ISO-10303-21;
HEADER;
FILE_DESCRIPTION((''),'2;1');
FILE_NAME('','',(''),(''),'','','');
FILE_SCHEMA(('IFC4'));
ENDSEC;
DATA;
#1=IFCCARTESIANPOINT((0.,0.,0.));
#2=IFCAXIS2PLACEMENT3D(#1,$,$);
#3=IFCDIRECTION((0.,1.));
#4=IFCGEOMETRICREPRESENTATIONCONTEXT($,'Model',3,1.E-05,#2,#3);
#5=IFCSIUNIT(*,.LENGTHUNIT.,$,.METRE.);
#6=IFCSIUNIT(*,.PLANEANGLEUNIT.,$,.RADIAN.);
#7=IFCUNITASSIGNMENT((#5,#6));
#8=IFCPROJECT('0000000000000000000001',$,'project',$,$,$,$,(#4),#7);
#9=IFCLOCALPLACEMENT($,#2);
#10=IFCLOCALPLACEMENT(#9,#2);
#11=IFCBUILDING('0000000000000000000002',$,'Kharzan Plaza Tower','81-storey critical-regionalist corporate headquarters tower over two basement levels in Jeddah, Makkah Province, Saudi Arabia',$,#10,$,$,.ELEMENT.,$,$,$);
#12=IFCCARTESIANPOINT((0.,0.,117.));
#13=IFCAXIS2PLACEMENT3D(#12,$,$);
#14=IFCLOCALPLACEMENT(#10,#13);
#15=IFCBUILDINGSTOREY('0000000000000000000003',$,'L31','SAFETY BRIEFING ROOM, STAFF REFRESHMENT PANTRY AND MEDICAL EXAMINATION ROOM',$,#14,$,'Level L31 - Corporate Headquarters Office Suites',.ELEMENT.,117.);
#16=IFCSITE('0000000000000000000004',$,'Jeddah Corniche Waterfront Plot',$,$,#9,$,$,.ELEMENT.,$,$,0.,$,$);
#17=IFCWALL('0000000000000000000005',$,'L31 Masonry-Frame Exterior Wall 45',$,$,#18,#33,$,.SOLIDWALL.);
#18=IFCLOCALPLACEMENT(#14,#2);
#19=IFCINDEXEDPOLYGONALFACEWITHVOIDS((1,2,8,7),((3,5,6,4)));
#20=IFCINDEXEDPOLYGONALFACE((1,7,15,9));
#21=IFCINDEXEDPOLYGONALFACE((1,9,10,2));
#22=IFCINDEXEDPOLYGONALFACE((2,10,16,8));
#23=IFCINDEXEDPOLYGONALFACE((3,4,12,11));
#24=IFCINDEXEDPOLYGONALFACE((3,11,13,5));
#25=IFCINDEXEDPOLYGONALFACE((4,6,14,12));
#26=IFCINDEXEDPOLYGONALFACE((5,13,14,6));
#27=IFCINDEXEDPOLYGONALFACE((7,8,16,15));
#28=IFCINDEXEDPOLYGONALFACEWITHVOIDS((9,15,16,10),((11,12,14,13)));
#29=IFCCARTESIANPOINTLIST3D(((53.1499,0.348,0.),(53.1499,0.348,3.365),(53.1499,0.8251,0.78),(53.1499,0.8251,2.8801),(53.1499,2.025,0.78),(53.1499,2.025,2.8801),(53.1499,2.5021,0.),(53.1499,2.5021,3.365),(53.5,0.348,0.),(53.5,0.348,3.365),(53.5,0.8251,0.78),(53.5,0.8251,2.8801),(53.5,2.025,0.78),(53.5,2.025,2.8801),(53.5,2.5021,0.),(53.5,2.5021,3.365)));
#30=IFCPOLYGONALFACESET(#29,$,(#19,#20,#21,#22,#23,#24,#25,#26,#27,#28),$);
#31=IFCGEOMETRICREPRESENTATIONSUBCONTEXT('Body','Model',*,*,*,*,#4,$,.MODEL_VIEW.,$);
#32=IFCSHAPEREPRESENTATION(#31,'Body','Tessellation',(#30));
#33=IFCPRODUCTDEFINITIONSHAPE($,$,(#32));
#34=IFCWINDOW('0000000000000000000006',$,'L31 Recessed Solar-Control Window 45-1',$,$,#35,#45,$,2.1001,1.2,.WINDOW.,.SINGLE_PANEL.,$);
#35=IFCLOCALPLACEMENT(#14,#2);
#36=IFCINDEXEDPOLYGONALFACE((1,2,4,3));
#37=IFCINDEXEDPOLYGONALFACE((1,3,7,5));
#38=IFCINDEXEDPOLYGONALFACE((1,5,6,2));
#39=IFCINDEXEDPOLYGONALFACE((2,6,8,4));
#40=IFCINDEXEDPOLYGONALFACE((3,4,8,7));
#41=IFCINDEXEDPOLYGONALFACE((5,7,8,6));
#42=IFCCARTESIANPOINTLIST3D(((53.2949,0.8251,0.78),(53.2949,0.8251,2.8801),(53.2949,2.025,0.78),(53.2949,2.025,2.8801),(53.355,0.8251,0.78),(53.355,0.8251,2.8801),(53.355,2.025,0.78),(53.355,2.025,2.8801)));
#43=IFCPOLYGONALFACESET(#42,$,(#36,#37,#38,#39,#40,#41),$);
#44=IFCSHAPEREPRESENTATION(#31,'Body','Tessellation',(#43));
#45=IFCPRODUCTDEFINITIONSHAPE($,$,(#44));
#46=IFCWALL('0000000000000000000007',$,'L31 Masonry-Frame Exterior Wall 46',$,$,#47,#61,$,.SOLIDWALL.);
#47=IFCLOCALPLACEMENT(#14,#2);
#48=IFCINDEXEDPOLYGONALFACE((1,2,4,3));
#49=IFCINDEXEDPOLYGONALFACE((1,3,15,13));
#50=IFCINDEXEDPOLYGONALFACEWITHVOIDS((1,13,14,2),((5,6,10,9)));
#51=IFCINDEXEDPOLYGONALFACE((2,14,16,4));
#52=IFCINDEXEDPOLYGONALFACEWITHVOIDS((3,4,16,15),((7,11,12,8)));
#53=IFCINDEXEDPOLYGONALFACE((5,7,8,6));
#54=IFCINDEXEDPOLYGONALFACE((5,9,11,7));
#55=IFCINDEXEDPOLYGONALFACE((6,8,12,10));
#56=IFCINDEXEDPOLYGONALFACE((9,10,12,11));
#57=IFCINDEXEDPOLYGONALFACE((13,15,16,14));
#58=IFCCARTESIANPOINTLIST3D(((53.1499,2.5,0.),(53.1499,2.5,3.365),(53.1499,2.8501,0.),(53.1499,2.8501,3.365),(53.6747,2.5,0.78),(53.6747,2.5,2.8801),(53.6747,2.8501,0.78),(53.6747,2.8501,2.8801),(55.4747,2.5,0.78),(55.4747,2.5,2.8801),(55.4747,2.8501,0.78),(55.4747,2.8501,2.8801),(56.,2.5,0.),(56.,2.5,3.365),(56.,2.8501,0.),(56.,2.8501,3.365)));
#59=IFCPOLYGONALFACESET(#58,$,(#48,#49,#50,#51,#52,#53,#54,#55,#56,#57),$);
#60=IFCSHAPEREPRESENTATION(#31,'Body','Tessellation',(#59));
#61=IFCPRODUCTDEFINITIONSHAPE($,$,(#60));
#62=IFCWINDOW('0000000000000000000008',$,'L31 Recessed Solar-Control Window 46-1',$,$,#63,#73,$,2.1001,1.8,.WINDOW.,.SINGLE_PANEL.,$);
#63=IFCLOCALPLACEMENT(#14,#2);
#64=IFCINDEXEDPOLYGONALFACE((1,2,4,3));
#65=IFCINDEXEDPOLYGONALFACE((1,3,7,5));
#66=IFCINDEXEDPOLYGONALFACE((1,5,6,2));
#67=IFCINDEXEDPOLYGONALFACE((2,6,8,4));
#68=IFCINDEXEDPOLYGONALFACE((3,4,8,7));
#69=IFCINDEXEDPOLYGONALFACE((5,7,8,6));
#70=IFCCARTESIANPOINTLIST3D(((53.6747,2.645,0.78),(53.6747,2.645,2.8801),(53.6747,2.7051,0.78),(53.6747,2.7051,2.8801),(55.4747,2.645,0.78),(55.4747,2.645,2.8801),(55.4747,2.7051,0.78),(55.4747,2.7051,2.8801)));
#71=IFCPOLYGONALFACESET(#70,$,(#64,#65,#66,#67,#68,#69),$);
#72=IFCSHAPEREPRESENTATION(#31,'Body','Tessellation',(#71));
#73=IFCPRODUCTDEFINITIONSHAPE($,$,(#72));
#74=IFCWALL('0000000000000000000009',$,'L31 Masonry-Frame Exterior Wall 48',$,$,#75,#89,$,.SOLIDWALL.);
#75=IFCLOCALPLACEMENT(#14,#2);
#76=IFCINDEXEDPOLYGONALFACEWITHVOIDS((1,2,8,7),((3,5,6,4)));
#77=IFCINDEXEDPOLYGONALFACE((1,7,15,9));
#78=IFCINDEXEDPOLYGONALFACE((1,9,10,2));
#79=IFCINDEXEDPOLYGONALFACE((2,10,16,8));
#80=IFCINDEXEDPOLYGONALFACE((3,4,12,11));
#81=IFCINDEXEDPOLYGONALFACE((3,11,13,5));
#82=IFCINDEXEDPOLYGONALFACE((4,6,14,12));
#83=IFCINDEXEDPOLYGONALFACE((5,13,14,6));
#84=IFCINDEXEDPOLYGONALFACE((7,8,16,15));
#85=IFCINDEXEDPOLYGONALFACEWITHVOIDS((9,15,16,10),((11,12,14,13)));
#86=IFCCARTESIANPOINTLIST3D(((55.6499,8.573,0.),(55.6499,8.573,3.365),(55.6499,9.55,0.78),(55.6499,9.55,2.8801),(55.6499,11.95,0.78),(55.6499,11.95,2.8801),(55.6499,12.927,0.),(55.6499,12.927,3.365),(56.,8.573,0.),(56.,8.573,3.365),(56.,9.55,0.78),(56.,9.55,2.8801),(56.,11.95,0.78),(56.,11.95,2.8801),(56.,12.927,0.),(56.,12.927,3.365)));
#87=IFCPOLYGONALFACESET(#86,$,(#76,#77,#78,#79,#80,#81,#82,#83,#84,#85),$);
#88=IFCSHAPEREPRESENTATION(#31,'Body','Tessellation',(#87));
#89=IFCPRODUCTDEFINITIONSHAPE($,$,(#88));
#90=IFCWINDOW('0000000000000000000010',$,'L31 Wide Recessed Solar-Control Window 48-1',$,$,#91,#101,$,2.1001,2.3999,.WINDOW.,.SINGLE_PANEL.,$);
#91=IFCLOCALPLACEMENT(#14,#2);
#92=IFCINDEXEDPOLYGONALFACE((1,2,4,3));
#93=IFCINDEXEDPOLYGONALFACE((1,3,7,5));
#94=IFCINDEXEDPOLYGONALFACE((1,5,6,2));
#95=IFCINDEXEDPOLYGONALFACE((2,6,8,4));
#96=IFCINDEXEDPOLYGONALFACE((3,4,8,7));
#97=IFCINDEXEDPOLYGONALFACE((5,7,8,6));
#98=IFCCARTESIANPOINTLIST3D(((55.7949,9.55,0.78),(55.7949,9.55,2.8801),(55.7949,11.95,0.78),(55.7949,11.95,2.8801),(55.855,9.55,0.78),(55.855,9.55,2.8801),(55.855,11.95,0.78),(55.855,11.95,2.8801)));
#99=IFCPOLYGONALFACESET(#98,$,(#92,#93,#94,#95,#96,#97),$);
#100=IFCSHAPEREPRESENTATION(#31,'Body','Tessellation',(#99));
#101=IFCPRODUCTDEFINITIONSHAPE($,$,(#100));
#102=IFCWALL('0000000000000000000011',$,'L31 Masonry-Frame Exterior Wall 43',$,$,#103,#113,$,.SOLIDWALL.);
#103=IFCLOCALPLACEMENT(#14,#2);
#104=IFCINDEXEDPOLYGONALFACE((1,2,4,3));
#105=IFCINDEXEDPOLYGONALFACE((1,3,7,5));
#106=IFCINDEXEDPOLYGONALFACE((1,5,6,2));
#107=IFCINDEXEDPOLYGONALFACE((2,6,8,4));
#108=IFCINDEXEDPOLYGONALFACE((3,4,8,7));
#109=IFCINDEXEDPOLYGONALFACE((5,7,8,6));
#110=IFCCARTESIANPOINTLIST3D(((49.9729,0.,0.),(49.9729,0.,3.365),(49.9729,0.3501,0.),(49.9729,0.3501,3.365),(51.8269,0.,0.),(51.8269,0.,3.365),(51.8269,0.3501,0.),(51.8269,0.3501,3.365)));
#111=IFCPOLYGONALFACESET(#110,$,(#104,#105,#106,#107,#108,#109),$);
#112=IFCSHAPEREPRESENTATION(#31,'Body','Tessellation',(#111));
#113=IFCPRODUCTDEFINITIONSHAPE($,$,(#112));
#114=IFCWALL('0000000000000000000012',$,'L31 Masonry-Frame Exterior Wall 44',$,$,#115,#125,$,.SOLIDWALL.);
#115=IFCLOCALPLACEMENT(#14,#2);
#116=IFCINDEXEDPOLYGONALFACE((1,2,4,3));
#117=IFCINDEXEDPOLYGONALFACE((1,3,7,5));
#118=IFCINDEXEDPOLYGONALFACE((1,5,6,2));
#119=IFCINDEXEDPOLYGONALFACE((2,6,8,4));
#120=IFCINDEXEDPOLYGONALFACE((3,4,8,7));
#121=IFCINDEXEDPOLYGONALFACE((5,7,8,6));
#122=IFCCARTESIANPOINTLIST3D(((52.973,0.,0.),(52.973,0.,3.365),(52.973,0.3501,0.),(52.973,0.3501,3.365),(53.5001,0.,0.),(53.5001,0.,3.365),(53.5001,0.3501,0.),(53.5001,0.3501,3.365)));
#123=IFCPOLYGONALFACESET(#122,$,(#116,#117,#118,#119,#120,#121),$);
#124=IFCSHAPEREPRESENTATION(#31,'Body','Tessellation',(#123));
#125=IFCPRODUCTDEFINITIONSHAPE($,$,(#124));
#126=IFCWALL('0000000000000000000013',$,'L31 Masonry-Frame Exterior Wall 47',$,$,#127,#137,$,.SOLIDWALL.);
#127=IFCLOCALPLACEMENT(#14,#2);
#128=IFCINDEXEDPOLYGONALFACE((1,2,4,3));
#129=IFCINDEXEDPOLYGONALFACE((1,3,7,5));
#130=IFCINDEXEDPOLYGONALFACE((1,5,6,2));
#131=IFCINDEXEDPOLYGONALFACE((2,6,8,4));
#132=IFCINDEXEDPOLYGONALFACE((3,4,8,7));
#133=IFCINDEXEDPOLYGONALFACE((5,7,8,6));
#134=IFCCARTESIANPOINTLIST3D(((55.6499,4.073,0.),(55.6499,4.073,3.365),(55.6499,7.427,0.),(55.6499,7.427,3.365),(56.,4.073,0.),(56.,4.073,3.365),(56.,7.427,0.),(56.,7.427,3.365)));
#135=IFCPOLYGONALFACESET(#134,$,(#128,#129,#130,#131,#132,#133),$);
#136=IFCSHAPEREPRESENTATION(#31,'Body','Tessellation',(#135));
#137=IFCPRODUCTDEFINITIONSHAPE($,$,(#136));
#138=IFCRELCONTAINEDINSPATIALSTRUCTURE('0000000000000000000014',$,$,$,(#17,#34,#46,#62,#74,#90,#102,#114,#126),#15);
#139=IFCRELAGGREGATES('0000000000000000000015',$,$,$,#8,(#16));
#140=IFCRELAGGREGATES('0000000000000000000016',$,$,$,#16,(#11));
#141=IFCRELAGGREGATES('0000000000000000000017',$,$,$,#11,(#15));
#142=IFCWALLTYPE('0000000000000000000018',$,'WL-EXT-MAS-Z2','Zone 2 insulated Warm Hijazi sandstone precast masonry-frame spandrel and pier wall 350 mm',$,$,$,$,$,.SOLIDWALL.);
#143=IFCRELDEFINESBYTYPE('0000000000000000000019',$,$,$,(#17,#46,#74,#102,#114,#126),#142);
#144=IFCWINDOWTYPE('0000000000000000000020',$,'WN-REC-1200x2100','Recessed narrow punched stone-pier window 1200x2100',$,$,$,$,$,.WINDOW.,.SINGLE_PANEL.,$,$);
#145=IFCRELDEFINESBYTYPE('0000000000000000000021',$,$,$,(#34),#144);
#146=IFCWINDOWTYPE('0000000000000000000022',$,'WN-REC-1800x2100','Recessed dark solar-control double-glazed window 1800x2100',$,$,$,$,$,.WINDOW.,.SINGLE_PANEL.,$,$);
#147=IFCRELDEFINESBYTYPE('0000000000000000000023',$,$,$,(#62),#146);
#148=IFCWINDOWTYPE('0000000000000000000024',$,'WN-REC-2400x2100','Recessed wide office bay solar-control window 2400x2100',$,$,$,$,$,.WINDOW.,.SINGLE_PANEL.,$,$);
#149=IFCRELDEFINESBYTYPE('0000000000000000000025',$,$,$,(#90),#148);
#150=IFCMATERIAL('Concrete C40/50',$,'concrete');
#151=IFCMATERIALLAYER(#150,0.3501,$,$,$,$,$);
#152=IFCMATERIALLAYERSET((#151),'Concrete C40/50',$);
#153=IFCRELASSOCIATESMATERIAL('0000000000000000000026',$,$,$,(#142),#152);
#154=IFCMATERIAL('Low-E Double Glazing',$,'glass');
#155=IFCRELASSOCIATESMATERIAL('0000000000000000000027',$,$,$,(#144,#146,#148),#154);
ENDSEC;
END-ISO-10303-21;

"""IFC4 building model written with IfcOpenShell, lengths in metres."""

from ifc_helpers import new_model, si_unit, direction, frame, frame_2d, origin, place, context, subcontext, project, spatial, rectangle, extrude, source, transform, mapped, material, layer, layer_set, type_object, element, fill, save


model = new_model("IFC4")

# Units and contexts
model_context = context("Model", 3, precision=1e-05, world=origin(), true_north=direction((0.0, 1.0)))
body_context = subcontext(model_context, "Body", "Model", "MODEL_VIEW")
ifc_project = project(units=[si_unit("LENGTHUNIT", "METRE"), si_unit("PLANEANGLEUNIT", "RADIAN")], contexts=[model_context])

# Site, building, storey
site_placement = place(None, origin())
site = spatial("IfcSite", under=ifc_project, at=site_placement, Name="Jeddah Corniche Waterfront Plot", CompositionType="ELEMENT", RefElevation=0.0)
building_placement = place(site_placement, origin())
building = spatial("IfcBuilding", under=site, at=building_placement, Name="Kharzan Plaza Tower", Description="81-storey critical-regionalist corporate headquarters tower over two basement levels in Jeddah, Makkah Province, Saudi Arabia", CompositionType="ELEMENT")
storey_placement = place(building_placement, frame((0.0, 0.0, 117.0)))
storey = spatial("IfcBuildingStorey", under=building, at=storey_placement, Name="L31", Description="SAFETY BRIEFING ROOM, STAFF REFRESHMENT PANTRY AND MEDICAL EXAMINATION ROOM", LongName="Level L31 - Corporate Headquarters Office Suites", CompositionType="ELEMENT", Elevation=117.0)

# Walls, openings, windows
ifc_material_1 = material(Name="Concrete C40/50", Category="concrete")
ifc_layer = layer(ifc_material_1, 0.3501)
ifc_layer_set = layer_set([ifc_layer], Name="Concrete C40/50")
wall_type = type_object("IfcWallType", Name="WL-EXT-MAS-Z2", Description="Zone 2 insulated Warm Hijazi sandstone precast masonry-frame spandrel and pier wall 350 mm", PredefinedType="SOLIDWALL", material=ifc_layer_set)
wall_1_placement = place(storey_placement, frame((53.325, 0.3479, 0.0), z_axis=(0.0, 0.0, 1.0), x_axis=(0.0, 1.0, 0.0)))
wall_1 = element("IfcWall", 1, at=wall_1_placement, inside=storey, type_object=wall_type, Name="L31 Masonry-Frame Exterior Wall 45", PredefinedType="SOLIDWALL", context=body_context, shape_type="SweptSolid", body=[
    extrude(rectangle(XDim=2.1541, YDim=0.3501, at=frame_2d((1.0771, 0.0))), origin(), (0.0, 0.0, 1.0), 3.365),
])
opening_1_placement = place(wall_1_placement, frame((0.4771, 0.0, 0.78)))
opening_1 = element("IfcOpeningElement", 2, at=opening_1_placement, cuts=wall_1, PredefinedType="OPENING", context=body_context, shape_type="SweptSolid", body=[
    extrude(rectangle(XDim=1.2, YDim=2.1001, at=frame_2d((0.6001, 1.05))), frame((0.0, 0.1851, 0.0), z_axis=(0.0, -1.0, 0.0), x_axis=(1.0, 0.0, 0.0)), (0.0, 0.0, 1.0), 0.3701),
])
ifc_material_2 = material(Name="Low-E Double Glazing", Category="glass")
window_type_1 = type_object("IfcWindowType", Name="WN-REC-1200x2100", Description="Recessed narrow punched stone-pier window 1200x2100", PartitioningType="SINGLE_PANEL", PredefinedType="WINDOW", material=ifc_material_2)
shared_shape_1 = source(origin(), body_context, "Body", "SweptSolid", [
    extrude(rectangle(XDim=1.2, YDim=2.1001, at=frame_2d((0.6001, 1.05))), frame((0.0, 0.03, 0.0), z_axis=(0.0, -1.0, 0.0), x_axis=(1.0, 0.0, 0.0)), (0.0, 0.0, 1.0), 0.0601),
])
window_1_placement = place(opening_1_placement, origin())
window_1 = element("IfcWindow", 3, at=window_1_placement, inside=storey, type_object=window_type_1, Name="L31 Recessed Solar-Control Window 45-1", OverallHeight=2.1001, OverallWidth=1.2, PartitioningType="SINGLE_PANEL", PredefinedType="WINDOW", context=body_context, shape_type="MappedRepresentation", body=[
    mapped(shared_shape_1, transform((0.0, 0.0, 0.0), x_axis=(1.0, 0.0, 0.0), y_axis=(0.0, 1.0, 0.0), z_axis=(0.0, 0.0, 1.0))),
])
fill(opening_1, window_1)
wall_2_placement = place(storey_placement, frame((53.1499, 2.675, 0.0), z_axis=(0.0, 0.0, 1.0), x_axis=(1.0, 0.0, 0.0)))
wall_2 = element("IfcWall", 4, at=wall_2_placement, inside=storey, type_object=wall_type, Name="L31 Masonry-Frame Exterior Wall 46", PredefinedType="SOLIDWALL", context=body_context, shape_type="SweptSolid", body=[
    extrude(rectangle(XDim=2.8501, YDim=0.3501, at=frame_2d((1.425, 0.0))), origin(), (0.0, 0.0, 1.0), 3.365),
])
opening_2_placement = place(wall_2_placement, frame((0.5249, 0.0, 0.78)))
opening_2 = element("IfcOpeningElement", 5, at=opening_2_placement, cuts=wall_2, PredefinedType="OPENING", context=body_context, shape_type="SweptSolid", body=[
    extrude(rectangle(XDim=1.8, YDim=2.1001, at=frame_2d((0.8999, 1.05))), frame((0.0, 0.1851, 0.0), z_axis=(0.0, -1.0, 0.0), x_axis=(1.0, 0.0, 0.0)), (0.0, 0.0, 1.0), 0.3701),
])
window_type_2 = type_object("IfcWindowType", Name="WN-REC-1800x2100", Description="Recessed dark solar-control double-glazed window 1800x2100", PartitioningType="SINGLE_PANEL", PredefinedType="WINDOW", material=ifc_material_2)
shared_shape_2 = source(origin(), body_context, "Body", "SweptSolid", [
    extrude(rectangle(XDim=1.8, YDim=2.1001, at=frame_2d((0.8999, 1.05))), frame((0.0, 0.03, 0.0), z_axis=(0.0, -1.0, 0.0), x_axis=(1.0, 0.0, 0.0)), (0.0, 0.0, 1.0), 0.0601),
])
window_2_placement = place(opening_2_placement, origin())
window_2 = element("IfcWindow", 6, at=window_2_placement, inside=storey, type_object=window_type_2, Name="L31 Recessed Solar-Control Window 46-1", OverallHeight=2.1001, OverallWidth=1.8, PartitioningType="SINGLE_PANEL", PredefinedType="WINDOW", context=body_context, shape_type="MappedRepresentation", body=[
    mapped(shared_shape_2, transform((0.0, 0.0, 0.0), x_axis=(1.0, 0.0, 0.0), y_axis=(0.0, 1.0, 0.0), z_axis=(0.0, 0.0, 1.0))),
])
fill(opening_2, window_2)
wall_3_placement = place(storey_placement, frame((55.825, 8.573, 0.0), z_axis=(0.0, 0.0, 1.0), x_axis=(0.0, 1.0, 0.0)))
wall_3 = element("IfcWall", 7, at=wall_3_placement, inside=storey, type_object=wall_type, Name="L31 Masonry-Frame Exterior Wall 48", PredefinedType="SOLIDWALL", context=body_context, shape_type="SweptSolid", body=[
    extrude(rectangle(XDim=4.354, YDim=0.3501, at=frame_2d((2.177, 0.0))), origin(), (0.0, 0.0, 1.0), 3.365),
])
opening_3_placement = place(wall_3_placement, frame((0.9771, 0.0, 0.78)))
opening_3 = element("IfcOpeningElement", 8, at=opening_3_placement, cuts=wall_3, PredefinedType="OPENING", context=body_context, shape_type="SweptSolid", body=[
    extrude(rectangle(XDim=2.3999, YDim=2.1001, at=frame_2d((1.2, 1.05))), frame((0.0, 0.1851, 0.0), z_axis=(0.0, -1.0, 0.0), x_axis=(1.0, 0.0, 0.0)), (0.0, 0.0, 1.0), 0.3701),
])
window_type_3 = type_object("IfcWindowType", Name="WN-REC-2400x2100", Description="Recessed wide office bay solar-control window 2400x2100", PartitioningType="SINGLE_PANEL", PredefinedType="WINDOW", material=ifc_material_2)
shared_shape_3 = source(origin(), body_context, "Body", "SweptSolid", [
    extrude(rectangle(XDim=2.3999, YDim=2.1001, at=frame_2d((1.2, 1.05))), frame((0.0, 0.03, 0.0), z_axis=(0.0, -1.0, 0.0), x_axis=(1.0, 0.0, 0.0)), (0.0, 0.0, 1.0), 0.0601),
])
window_3_placement = place(opening_3_placement, origin())
window_3 = element("IfcWindow", 9, at=window_3_placement, inside=storey, type_object=window_type_3, Name="L31 Wide Recessed Solar-Control Window 48-1", OverallHeight=2.1001, OverallWidth=2.3999, PartitioningType="SINGLE_PANEL", PredefinedType="WINDOW", context=body_context, shape_type="MappedRepresentation", body=[
    mapped(shared_shape_3, transform((0.0, 0.0, 0.0), x_axis=(1.0, 0.0, 0.0), y_axis=(0.0, 1.0, 0.0), z_axis=(0.0, 0.0, 1.0))),
])
fill(opening_3, window_3)

# Walls
shared_shape_4 = source(origin(), body_context, "Body", "SweptSolid", [
    extrude(rectangle(XDim=1.854, YDim=0.3501, at=frame_2d((0.927, 0.0))), origin(), (0.0, 0.0, 1.0), 3.365),
])
wall_4_placement = place(storey_placement, frame((49.9729, 0.175, 0.0), z_axis=(0.0, 0.0, 1.0), x_axis=(1.0, 0.0, 0.0)))
element("IfcWall", 10, at=wall_4_placement, inside=storey, type_object=wall_type, Name="L31 Masonry-Frame Exterior Wall 43", PredefinedType="SOLIDWALL", context=body_context, shape_type="MappedRepresentation", body=[
    mapped(shared_shape_4, transform((0.0, 0.0, 0.0), x_axis=(1.0, 0.0, 0.0), y_axis=(0.0, 1.0, 0.0), z_axis=(0.0, 0.0, 1.0))),
])
shared_shape_5 = source(origin(), body_context, "Body", "SweptSolid", [
    extrude(rectangle(XDim=0.5271, YDim=0.3501, at=frame_2d((0.2637, 0.0))), origin(), (0.0, 0.0, 1.0), 3.365),
])
wall_5_placement = place(storey_placement, frame((52.9729, 0.175, 0.0), z_axis=(0.0, 0.0, 1.0), x_axis=(1.0, 0.0, 0.0)))
element("IfcWall", 11, at=wall_5_placement, inside=storey, type_object=wall_type, Name="L31 Masonry-Frame Exterior Wall 44", PredefinedType="SOLIDWALL", context=body_context, shape_type="MappedRepresentation", body=[
    mapped(shared_shape_5, transform((0.0, 0.0, 0.0), x_axis=(1.0, 0.0, 0.0), y_axis=(0.0, 1.0, 0.0), z_axis=(0.0, 0.0, 1.0))),
])
shared_shape_6 = source(origin(), body_context, "Body", "SweptSolid", [
    extrude(rectangle(XDim=3.354, YDim=0.3501, at=frame_2d((1.677, 0.0))), origin(), (0.0, 0.0, 1.0), 3.365),
])
wall_6_placement = place(storey_placement, frame((55.825, 4.073, 0.0), z_axis=(0.0, 0.0, 1.0), x_axis=(0.0, 1.0, 0.0)))
element("IfcWall", 12, at=wall_6_placement, inside=storey, type_object=wall_type, Name="L31 Masonry-Frame Exterior Wall 47", PredefinedType="SOLIDWALL", context=body_context, shape_type="MappedRepresentation", body=[
    mapped(shared_shape_6, transform((0.0, 0.0, 0.0), x_axis=(1.0, 0.0, 0.0), y_axis=(0.0, 1.0, 0.0), z_axis=(0.0, 0.0, 1.0))),
])

save(model, "model.ifc")
